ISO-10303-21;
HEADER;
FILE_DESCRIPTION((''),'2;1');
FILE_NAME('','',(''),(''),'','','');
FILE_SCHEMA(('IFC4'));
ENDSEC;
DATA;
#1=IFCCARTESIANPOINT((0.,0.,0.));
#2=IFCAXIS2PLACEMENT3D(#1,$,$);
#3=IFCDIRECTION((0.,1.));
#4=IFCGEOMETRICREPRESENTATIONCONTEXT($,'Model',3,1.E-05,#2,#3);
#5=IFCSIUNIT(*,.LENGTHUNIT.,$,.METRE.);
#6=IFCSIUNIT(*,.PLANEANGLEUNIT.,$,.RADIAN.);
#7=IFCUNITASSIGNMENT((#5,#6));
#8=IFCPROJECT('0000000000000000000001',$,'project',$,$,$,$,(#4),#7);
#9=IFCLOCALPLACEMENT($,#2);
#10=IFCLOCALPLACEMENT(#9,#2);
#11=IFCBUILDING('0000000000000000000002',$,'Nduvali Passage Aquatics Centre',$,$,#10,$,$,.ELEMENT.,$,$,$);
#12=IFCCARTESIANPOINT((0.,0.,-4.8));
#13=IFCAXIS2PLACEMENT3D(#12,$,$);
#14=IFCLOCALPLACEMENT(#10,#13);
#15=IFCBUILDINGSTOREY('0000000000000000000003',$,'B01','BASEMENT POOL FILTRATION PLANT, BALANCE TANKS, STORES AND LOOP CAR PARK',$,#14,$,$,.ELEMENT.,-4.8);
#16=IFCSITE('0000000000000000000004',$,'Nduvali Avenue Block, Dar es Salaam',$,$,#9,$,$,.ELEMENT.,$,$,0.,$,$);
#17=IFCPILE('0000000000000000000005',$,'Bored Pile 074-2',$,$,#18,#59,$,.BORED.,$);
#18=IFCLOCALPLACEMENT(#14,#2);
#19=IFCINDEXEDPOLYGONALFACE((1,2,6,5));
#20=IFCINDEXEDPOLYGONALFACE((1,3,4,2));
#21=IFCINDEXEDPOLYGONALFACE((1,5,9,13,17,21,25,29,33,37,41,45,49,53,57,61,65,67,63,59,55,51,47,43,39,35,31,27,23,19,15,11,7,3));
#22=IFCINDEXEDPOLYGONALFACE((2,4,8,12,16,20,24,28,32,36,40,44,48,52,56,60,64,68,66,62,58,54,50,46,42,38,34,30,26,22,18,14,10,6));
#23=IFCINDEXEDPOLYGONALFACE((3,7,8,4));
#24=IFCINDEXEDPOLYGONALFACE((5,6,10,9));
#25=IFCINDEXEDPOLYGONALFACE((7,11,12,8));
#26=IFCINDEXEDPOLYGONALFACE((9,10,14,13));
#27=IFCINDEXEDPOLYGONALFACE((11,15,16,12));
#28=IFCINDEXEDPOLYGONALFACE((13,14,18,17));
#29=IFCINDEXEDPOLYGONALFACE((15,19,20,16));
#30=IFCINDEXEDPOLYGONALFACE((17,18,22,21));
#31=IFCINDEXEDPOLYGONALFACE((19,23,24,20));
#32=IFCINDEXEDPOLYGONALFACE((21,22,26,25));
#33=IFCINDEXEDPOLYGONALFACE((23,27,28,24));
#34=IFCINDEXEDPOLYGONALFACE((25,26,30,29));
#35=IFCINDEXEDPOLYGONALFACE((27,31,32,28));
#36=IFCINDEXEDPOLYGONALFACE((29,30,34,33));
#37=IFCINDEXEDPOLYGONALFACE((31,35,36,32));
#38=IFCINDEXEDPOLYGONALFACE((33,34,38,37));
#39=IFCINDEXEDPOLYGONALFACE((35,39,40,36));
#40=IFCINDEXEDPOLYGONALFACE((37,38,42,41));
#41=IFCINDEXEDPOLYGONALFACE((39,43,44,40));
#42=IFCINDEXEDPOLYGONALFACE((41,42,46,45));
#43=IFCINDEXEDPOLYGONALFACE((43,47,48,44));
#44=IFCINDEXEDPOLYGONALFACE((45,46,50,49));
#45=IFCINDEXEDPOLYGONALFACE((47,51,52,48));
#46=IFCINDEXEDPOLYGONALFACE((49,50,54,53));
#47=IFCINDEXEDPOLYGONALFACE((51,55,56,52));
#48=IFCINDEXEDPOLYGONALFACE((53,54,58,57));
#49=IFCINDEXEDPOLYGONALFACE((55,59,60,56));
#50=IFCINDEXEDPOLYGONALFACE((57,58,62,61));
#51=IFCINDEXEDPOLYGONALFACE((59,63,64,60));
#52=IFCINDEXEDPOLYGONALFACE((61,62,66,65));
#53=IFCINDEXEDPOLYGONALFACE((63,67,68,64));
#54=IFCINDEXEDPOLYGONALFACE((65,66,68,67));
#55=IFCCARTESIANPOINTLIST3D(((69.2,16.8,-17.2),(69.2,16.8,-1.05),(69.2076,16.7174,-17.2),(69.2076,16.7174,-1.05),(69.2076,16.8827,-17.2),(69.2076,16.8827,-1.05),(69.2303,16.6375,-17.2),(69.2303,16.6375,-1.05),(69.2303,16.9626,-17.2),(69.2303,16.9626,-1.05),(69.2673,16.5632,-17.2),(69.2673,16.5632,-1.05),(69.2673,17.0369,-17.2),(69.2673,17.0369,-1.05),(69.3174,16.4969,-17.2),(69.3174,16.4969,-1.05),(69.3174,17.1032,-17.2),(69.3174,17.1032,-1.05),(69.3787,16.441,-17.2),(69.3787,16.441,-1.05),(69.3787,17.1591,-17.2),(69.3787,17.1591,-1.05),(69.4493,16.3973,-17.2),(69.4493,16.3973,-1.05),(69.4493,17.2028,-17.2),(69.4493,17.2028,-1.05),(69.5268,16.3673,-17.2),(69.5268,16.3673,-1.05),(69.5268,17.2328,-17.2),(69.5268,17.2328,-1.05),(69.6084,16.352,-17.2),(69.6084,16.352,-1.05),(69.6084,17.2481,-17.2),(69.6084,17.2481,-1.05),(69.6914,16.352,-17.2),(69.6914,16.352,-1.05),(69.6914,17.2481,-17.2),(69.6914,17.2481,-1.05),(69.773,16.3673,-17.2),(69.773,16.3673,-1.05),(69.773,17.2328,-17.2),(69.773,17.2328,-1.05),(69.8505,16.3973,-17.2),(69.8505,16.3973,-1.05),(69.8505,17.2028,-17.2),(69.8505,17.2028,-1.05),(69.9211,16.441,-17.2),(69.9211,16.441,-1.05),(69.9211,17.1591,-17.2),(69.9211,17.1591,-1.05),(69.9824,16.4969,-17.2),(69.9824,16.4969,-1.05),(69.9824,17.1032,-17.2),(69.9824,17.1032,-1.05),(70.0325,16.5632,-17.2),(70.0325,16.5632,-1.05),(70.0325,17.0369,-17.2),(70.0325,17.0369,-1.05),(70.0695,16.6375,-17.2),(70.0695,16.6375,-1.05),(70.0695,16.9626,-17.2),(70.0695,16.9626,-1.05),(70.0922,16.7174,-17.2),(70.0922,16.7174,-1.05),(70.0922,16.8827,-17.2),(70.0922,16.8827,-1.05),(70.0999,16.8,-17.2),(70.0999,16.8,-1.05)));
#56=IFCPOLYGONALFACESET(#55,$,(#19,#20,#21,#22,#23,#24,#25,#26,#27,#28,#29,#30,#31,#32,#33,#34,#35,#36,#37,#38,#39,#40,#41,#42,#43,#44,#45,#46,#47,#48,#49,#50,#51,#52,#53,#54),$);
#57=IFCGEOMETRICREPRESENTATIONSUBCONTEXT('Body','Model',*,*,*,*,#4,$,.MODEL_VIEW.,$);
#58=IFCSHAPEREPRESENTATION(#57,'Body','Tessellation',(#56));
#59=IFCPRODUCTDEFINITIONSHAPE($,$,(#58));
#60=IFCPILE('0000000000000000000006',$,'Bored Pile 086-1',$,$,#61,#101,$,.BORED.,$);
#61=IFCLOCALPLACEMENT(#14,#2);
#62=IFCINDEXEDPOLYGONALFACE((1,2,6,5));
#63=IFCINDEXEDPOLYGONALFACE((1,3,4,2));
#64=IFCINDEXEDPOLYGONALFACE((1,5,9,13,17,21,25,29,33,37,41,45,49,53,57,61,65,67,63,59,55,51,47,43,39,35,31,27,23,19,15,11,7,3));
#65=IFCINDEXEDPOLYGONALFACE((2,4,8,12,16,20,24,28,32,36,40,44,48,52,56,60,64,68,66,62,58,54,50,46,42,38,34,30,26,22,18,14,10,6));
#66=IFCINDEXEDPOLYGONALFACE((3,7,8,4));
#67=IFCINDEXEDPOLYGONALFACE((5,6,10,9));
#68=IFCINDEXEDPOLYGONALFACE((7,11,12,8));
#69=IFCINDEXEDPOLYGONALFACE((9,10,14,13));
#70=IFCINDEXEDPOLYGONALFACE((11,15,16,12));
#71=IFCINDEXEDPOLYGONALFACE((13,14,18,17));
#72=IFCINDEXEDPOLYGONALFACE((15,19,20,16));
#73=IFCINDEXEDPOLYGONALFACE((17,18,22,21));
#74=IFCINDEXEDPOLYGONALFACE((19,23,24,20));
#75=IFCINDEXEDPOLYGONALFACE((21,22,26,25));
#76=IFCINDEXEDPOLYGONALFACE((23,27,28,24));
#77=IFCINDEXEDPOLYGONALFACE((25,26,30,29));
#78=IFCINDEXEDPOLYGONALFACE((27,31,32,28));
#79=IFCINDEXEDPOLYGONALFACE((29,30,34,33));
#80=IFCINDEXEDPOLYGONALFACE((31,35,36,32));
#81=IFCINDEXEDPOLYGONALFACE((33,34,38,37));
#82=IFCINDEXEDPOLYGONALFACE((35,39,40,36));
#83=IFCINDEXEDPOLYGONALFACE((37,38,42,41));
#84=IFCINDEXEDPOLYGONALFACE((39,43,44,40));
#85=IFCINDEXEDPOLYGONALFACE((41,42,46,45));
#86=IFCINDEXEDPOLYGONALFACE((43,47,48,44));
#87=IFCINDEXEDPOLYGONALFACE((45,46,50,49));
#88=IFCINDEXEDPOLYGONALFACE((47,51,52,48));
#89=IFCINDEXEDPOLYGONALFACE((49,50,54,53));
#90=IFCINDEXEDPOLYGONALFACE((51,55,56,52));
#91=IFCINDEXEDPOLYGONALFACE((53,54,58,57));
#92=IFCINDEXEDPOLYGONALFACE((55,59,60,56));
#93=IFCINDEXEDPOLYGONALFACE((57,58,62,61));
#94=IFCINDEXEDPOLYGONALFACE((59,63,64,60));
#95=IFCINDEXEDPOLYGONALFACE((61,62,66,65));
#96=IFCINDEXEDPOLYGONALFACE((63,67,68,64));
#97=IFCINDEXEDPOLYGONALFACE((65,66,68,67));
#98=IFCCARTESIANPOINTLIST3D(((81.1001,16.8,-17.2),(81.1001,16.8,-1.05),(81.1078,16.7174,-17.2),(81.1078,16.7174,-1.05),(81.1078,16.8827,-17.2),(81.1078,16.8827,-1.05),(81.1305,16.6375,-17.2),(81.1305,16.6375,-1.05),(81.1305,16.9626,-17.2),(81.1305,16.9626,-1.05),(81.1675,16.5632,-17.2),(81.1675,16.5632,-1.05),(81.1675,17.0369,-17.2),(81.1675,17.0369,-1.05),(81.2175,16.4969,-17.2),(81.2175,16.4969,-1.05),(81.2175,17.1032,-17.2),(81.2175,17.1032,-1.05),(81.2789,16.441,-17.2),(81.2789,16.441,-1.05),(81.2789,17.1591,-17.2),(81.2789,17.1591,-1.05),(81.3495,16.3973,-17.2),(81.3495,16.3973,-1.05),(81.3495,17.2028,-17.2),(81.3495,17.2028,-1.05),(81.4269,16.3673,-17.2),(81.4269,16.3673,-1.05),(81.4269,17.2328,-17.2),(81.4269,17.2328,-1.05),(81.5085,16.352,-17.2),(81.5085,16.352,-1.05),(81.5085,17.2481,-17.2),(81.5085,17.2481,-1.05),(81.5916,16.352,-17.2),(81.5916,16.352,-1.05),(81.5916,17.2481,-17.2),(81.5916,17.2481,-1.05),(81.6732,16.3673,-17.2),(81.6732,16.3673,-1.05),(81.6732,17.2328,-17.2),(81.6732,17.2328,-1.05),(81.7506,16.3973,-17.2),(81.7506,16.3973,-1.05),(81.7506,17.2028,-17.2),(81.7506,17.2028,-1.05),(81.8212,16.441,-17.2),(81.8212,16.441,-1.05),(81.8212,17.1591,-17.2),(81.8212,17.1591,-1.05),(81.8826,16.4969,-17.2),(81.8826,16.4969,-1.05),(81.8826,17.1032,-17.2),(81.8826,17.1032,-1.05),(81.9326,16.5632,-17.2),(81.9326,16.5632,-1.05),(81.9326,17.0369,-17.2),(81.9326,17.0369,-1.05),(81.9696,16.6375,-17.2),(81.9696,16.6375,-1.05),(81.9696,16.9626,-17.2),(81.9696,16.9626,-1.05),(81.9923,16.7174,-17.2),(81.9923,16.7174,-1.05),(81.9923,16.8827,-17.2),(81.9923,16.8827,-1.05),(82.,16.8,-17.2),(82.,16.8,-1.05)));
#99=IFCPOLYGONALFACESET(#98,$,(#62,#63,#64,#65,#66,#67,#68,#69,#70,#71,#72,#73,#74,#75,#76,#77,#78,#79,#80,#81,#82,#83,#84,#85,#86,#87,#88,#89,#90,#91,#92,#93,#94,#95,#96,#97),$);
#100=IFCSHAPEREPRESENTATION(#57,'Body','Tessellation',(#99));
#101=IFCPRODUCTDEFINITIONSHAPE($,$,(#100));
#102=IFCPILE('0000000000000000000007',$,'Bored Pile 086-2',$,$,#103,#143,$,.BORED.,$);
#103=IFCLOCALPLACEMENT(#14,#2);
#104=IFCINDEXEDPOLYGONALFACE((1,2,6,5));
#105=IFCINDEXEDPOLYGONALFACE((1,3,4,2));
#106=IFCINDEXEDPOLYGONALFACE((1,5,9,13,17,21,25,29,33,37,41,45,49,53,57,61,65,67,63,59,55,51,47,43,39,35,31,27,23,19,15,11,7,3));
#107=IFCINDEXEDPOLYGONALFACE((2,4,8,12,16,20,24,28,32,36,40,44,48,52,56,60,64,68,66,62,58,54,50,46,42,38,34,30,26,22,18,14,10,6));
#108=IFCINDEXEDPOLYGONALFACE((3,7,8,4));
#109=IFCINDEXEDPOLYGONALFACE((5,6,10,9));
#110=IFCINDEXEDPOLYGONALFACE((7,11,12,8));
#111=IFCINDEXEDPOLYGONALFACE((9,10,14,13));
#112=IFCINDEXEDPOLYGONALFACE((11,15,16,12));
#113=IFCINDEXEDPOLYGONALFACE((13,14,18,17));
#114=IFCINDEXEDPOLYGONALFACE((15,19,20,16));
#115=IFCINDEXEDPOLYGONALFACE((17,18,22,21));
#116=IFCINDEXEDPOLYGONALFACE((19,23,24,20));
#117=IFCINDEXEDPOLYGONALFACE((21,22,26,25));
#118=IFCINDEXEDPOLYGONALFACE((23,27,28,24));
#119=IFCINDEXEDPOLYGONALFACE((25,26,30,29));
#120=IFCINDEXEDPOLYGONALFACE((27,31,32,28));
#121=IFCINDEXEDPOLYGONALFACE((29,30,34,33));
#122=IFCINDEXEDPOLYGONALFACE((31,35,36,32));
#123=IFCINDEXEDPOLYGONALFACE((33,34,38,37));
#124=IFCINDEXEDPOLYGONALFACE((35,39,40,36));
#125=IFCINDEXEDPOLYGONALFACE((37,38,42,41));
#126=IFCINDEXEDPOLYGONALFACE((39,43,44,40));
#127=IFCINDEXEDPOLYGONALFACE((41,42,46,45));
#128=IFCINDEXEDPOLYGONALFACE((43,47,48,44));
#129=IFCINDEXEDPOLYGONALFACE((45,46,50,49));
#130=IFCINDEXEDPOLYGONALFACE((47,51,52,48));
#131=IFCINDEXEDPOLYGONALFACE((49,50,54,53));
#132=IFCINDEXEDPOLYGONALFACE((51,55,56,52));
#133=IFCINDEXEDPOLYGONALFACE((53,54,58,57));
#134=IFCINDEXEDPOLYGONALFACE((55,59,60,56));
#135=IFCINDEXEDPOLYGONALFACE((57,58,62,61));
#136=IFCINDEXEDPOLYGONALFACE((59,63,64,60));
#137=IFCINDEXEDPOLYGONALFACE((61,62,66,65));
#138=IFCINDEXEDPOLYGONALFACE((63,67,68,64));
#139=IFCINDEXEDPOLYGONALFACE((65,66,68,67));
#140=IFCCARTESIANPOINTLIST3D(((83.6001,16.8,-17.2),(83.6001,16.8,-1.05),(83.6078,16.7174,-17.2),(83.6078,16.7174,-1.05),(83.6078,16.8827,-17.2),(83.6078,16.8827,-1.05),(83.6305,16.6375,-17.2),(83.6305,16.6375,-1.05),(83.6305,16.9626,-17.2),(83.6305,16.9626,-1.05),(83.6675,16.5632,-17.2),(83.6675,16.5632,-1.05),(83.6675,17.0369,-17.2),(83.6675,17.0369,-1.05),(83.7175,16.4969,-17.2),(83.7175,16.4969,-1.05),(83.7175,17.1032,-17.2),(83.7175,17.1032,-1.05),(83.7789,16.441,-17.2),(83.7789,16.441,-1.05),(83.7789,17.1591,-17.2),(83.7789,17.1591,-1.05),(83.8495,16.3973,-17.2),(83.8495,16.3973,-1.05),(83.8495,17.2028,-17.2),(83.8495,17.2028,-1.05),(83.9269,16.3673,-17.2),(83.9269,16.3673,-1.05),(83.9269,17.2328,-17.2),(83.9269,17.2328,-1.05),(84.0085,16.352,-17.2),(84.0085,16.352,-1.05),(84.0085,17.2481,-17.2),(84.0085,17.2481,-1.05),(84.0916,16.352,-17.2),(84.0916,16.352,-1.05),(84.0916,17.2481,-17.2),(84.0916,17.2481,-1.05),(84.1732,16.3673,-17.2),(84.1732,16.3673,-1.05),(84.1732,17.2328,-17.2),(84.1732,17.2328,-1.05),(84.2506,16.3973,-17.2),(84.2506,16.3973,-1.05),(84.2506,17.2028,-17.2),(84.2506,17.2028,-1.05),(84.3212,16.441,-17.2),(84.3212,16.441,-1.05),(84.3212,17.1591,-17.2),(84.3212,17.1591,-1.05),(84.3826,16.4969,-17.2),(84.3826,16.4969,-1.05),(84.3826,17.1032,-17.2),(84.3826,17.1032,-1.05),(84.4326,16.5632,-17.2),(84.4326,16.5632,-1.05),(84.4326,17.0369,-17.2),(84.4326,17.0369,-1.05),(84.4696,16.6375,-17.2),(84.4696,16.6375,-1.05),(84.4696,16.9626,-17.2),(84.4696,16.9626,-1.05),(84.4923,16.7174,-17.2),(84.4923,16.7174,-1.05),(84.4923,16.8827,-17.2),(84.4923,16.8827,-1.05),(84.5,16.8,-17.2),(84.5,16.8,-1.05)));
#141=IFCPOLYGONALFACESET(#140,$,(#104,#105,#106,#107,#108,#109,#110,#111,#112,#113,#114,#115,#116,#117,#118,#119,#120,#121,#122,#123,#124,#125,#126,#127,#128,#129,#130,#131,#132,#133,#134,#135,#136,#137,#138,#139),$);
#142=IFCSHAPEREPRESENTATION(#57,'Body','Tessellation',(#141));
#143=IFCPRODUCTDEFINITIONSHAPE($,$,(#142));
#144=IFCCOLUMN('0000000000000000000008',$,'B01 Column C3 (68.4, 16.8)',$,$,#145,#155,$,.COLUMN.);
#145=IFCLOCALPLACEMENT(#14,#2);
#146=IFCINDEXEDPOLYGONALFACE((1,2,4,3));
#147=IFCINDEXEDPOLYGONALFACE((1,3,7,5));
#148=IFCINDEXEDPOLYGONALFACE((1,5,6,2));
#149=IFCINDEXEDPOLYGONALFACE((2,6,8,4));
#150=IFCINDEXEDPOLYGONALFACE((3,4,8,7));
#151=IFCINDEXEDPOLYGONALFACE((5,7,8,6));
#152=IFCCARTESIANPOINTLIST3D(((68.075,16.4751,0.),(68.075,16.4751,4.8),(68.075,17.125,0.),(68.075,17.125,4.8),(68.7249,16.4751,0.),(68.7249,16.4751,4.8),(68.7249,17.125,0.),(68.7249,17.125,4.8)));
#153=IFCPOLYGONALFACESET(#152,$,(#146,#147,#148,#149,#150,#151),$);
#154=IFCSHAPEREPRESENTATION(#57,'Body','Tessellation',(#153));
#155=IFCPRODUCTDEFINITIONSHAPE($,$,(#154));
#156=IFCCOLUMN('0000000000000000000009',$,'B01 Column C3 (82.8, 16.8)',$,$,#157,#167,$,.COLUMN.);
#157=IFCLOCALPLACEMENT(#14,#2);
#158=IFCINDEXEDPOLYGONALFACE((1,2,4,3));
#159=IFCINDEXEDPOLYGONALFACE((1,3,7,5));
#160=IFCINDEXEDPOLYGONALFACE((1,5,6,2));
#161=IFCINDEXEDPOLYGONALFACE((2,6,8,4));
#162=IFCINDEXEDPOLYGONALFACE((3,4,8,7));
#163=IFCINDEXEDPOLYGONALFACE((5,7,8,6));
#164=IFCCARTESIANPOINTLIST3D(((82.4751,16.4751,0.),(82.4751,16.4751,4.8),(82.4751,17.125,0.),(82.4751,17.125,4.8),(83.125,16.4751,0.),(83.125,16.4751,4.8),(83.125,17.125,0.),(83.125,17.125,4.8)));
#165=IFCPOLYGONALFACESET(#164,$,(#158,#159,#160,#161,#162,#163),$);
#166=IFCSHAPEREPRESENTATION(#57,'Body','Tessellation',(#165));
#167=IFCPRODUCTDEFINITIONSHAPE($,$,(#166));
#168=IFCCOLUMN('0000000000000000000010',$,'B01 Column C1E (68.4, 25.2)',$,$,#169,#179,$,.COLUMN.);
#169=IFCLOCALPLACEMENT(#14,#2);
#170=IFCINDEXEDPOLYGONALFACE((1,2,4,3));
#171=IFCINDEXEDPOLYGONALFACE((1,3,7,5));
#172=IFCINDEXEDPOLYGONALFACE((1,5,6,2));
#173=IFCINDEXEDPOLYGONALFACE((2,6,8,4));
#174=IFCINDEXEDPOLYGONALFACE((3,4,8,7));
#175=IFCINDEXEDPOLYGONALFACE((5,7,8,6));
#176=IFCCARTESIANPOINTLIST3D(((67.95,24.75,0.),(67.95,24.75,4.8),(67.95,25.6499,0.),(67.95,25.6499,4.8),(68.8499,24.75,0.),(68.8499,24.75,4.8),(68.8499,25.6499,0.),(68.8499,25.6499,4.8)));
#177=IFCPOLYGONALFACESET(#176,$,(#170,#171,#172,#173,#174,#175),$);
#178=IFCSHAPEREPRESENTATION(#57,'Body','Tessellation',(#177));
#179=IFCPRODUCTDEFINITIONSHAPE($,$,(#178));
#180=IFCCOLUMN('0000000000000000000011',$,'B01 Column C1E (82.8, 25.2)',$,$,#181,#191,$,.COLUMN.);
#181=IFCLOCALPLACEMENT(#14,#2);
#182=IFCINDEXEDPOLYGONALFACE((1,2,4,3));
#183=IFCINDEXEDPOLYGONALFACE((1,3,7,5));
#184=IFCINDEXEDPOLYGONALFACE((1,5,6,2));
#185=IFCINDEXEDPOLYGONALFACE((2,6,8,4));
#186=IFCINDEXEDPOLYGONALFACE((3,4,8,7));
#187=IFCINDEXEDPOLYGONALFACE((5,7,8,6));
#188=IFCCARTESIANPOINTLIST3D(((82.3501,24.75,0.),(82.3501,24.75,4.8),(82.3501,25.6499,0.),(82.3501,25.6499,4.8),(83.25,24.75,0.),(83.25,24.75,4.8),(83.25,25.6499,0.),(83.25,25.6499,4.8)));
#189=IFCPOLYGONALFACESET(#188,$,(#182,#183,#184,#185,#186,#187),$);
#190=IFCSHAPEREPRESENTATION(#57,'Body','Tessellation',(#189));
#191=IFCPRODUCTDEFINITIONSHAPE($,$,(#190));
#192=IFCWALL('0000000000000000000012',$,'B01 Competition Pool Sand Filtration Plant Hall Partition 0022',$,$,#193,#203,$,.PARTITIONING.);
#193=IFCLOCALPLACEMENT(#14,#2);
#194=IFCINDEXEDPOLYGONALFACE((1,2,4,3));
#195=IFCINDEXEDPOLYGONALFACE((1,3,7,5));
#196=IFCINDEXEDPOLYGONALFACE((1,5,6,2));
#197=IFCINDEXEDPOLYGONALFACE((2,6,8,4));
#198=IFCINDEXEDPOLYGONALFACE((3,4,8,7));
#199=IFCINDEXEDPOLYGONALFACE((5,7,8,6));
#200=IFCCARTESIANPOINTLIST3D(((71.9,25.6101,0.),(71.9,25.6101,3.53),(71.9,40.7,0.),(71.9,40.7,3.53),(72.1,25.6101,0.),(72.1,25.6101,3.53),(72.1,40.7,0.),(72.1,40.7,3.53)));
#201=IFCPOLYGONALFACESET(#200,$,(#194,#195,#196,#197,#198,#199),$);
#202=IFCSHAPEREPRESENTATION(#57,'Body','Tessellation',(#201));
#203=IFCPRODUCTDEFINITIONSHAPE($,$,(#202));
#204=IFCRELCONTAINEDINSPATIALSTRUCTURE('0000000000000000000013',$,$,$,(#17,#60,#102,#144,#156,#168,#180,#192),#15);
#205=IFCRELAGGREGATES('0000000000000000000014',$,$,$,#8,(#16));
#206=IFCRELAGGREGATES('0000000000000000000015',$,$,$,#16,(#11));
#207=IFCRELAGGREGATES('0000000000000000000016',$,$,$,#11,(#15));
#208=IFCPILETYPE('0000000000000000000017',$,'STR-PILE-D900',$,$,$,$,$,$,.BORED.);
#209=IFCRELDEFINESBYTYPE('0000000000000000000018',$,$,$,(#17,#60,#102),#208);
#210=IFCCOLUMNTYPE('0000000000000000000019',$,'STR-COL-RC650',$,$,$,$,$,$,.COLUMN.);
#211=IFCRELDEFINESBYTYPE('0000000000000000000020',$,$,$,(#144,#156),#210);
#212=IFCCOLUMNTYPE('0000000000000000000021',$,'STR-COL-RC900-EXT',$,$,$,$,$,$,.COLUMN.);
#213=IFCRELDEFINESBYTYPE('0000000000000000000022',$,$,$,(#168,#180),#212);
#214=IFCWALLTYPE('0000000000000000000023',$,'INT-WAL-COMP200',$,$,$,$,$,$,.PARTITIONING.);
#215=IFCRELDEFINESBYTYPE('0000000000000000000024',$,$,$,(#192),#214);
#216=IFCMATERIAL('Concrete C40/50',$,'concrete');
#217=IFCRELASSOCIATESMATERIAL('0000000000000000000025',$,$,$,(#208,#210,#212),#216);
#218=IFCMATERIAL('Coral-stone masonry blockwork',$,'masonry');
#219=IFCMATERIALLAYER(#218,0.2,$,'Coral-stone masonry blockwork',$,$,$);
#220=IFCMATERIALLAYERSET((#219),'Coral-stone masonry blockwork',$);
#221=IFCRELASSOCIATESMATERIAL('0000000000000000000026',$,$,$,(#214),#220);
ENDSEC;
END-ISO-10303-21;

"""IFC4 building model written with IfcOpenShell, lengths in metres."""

from ifc_helpers import new_model, si_unit, direction, frame, frame_2d, origin, origin_2d, place, context, subcontext, project, spatial, rectangle, circle, extrude, material, layer, layer_set, material_profile, profile_set, type_object, element, save


model = new_model("IFC4")

# Units and contexts
model_context = context("Model", 3, precision=1e-05, world=origin(), true_north=direction((0.0, 1.0)))
body_context = subcontext(model_context, "Body", "Model", "MODEL_VIEW")
ifc_project = project(units=[si_unit("LENGTHUNIT", "METRE"), si_unit("PLANEANGLEUNIT", "RADIAN")], contexts=[model_context])

# Site, building, storey
site_placement = place(None, origin())
site = spatial("IfcSite", under=ifc_project, at=site_placement, Name="Nduvali Avenue Block, Dar es Salaam", CompositionType="ELEMENT", RefElevation=0.0)
building_placement = place(site_placement, origin())
building = spatial("IfcBuilding", under=site, at=building_placement, Name="Nduvali Passage Aquatics Centre", CompositionType="ELEMENT")
storey_placement = place(building_placement, frame((0.0, 0.0, -4.8)))
storey = spatial("IfcBuildingStorey", under=building, at=storey_placement, Name="B01", Description="BASEMENT POOL FILTRATION PLANT, BALANCE TANKS, STORES AND LOOP CAR PARK", CompositionType="ELEMENT", Elevation=-4.8)

# Shared definitions
ifc_material_1 = material(Name="Concrete C40/50", Category="concrete")

# Piles
ifc_material_profile_1 = material_profile(ifc_material_1, circle(Radius=0.45, at=origin_2d()), Name="PILE D900")
ifc_profile_set_1 = profile_set([ifc_material_profile_1], Name="Concrete C40/50")
pile_type_1 = type_object("IfcPileType", Name="STR-PILE-D900", PredefinedType="BORED", material=ifc_profile_set_1)
for number, where, z_axis, x_axis, name in (
    (1, (69.6499, 16.8, -1.05), (0.0, 0.0, -1.0), (1.0, 0.0, 0.0), "Bored Pile 074-2"),
    (2, (81.55, 16.8, -1.05), (0.0, 0.0, -1.0), (1.0, 0.0, 0.0), "Bored Pile 086-1"),
    (3, (84.05, 16.8, -1.05), (0.0, 0.0, -1.0), (1.0, 0.0, 0.0), "Bored Pile 086-2"),
):
    element("IfcPile", number, at=place(storey_placement, frame(where, z_axis=z_axis, x_axis=x_axis)), inside=storey, type_object=pile_type_1, Name=name, PredefinedType="BORED", context=body_context, shape_type="SweptSolid", body=[
        extrude(circle(Radius=0.45, at=origin_2d()), origin(), (0.0, 0.0, 1.0), 16.1499),
    ])

# Columns
ifc_material_profile_2 = material_profile(ifc_material_1, rectangle(XDim=0.6499, YDim=0.6499, at=origin_2d()), Name="RC 650x650")
ifc_profile_set_2 = profile_set([ifc_material_profile_2], Name="Concrete C40/50")
column_type_1 = type_object("IfcColumnType", Name="STR-COL-RC650", PredefinedType="COLUMN", material=ifc_profile_set_2)
for number, where, z_axis, x_axis, name in (
    (4, (68.3999, 16.8, 0.0), (0.0, 0.0, 1.0), (1.0, 0.0, 0.0), "B01 Column C3 (68.4, 16.8)"),
    (5, (82.8, 16.8, 0.0), (0.0, 0.0, 1.0), (1.0, 0.0, 0.0), "B01 Column C3 (82.8, 16.8)"),
):
    element("IfcColumn", number, at=place(storey_placement, frame(where, z_axis=z_axis, x_axis=x_axis)), inside=storey, type_object=column_type_1, Name=name, PredefinedType="COLUMN", context=body_context, shape_type="SweptSolid", body=[
        extrude(rectangle(XDim=0.6499, YDim=0.6499, at=origin_2d()), origin(), (0.0, 0.0, 1.0), 4.8),
    ])
ifc_material_profile_3 = material_profile(ifc_material_1, rectangle(XDim=0.8999, YDim=0.8999, at=origin_2d()), Name="RC 900x900")
ifc_profile_set_3 = profile_set([ifc_material_profile_3], Name="Concrete C40/50")
column_type_2 = type_object("IfcColumnType", Name="STR-COL-RC900-EXT", PredefinedType="COLUMN", material=ifc_profile_set_3)
for number, where, z_axis, x_axis, name in (
    (6, (68.3999, 25.2, 0.0), (0.0, 0.0, 1.0), (1.0, 0.0, 0.0), "B01 Column C1E (68.4, 25.2)"),
    (7, (82.8, 25.2, 0.0), (0.0, 0.0, 1.0), (1.0, 0.0, 0.0), "B01 Column C1E (82.8, 25.2)"),
):
    element("IfcColumn", number, at=place(storey_placement, frame(where, z_axis=z_axis, x_axis=x_axis)), inside=storey, type_object=column_type_2, Name=name, PredefinedType="COLUMN", context=body_context, shape_type="SweptSolid", body=[
        extrude(rectangle(XDim=0.8999, YDim=0.8999, at=origin_2d()), origin(), (0.0, 0.0, 1.0), 4.8),
    ])

# Wall
ifc_material_2 = material(Name="Coral-stone masonry blockwork", Category="masonry")
ifc_layer = layer(ifc_material_2, 0.2, Name="Coral-stone masonry blockwork")
ifc_layer_set = layer_set([ifc_layer], Name="Coral-stone masonry blockwork")
wall_type = type_object("IfcWallType", Name="INT-WAL-COMP200", PredefinedType="PARTITIONING", material=ifc_layer_set)
wall_placement = place(storey_placement, frame((72.0, 25.6101, 0.0), z_axis=(0.0, 0.0, 1.0), x_axis=(0.0, 1.0, 0.0)))
element("IfcWall", 8, at=wall_placement, inside=storey, type_object=wall_type, Name="B01 Competition Pool Sand Filtration Plant Hall Partition 0022", PredefinedType="PARTITIONING", context=body_context, shape_type="SweptSolid", body=[
    extrude(rectangle(XDim=15.0898, YDim=0.2, at=frame_2d((7.5449, 0.0))), origin(), (0.0, 0.0, 1.0), 3.53),
])

save(model, "model.ifc")
